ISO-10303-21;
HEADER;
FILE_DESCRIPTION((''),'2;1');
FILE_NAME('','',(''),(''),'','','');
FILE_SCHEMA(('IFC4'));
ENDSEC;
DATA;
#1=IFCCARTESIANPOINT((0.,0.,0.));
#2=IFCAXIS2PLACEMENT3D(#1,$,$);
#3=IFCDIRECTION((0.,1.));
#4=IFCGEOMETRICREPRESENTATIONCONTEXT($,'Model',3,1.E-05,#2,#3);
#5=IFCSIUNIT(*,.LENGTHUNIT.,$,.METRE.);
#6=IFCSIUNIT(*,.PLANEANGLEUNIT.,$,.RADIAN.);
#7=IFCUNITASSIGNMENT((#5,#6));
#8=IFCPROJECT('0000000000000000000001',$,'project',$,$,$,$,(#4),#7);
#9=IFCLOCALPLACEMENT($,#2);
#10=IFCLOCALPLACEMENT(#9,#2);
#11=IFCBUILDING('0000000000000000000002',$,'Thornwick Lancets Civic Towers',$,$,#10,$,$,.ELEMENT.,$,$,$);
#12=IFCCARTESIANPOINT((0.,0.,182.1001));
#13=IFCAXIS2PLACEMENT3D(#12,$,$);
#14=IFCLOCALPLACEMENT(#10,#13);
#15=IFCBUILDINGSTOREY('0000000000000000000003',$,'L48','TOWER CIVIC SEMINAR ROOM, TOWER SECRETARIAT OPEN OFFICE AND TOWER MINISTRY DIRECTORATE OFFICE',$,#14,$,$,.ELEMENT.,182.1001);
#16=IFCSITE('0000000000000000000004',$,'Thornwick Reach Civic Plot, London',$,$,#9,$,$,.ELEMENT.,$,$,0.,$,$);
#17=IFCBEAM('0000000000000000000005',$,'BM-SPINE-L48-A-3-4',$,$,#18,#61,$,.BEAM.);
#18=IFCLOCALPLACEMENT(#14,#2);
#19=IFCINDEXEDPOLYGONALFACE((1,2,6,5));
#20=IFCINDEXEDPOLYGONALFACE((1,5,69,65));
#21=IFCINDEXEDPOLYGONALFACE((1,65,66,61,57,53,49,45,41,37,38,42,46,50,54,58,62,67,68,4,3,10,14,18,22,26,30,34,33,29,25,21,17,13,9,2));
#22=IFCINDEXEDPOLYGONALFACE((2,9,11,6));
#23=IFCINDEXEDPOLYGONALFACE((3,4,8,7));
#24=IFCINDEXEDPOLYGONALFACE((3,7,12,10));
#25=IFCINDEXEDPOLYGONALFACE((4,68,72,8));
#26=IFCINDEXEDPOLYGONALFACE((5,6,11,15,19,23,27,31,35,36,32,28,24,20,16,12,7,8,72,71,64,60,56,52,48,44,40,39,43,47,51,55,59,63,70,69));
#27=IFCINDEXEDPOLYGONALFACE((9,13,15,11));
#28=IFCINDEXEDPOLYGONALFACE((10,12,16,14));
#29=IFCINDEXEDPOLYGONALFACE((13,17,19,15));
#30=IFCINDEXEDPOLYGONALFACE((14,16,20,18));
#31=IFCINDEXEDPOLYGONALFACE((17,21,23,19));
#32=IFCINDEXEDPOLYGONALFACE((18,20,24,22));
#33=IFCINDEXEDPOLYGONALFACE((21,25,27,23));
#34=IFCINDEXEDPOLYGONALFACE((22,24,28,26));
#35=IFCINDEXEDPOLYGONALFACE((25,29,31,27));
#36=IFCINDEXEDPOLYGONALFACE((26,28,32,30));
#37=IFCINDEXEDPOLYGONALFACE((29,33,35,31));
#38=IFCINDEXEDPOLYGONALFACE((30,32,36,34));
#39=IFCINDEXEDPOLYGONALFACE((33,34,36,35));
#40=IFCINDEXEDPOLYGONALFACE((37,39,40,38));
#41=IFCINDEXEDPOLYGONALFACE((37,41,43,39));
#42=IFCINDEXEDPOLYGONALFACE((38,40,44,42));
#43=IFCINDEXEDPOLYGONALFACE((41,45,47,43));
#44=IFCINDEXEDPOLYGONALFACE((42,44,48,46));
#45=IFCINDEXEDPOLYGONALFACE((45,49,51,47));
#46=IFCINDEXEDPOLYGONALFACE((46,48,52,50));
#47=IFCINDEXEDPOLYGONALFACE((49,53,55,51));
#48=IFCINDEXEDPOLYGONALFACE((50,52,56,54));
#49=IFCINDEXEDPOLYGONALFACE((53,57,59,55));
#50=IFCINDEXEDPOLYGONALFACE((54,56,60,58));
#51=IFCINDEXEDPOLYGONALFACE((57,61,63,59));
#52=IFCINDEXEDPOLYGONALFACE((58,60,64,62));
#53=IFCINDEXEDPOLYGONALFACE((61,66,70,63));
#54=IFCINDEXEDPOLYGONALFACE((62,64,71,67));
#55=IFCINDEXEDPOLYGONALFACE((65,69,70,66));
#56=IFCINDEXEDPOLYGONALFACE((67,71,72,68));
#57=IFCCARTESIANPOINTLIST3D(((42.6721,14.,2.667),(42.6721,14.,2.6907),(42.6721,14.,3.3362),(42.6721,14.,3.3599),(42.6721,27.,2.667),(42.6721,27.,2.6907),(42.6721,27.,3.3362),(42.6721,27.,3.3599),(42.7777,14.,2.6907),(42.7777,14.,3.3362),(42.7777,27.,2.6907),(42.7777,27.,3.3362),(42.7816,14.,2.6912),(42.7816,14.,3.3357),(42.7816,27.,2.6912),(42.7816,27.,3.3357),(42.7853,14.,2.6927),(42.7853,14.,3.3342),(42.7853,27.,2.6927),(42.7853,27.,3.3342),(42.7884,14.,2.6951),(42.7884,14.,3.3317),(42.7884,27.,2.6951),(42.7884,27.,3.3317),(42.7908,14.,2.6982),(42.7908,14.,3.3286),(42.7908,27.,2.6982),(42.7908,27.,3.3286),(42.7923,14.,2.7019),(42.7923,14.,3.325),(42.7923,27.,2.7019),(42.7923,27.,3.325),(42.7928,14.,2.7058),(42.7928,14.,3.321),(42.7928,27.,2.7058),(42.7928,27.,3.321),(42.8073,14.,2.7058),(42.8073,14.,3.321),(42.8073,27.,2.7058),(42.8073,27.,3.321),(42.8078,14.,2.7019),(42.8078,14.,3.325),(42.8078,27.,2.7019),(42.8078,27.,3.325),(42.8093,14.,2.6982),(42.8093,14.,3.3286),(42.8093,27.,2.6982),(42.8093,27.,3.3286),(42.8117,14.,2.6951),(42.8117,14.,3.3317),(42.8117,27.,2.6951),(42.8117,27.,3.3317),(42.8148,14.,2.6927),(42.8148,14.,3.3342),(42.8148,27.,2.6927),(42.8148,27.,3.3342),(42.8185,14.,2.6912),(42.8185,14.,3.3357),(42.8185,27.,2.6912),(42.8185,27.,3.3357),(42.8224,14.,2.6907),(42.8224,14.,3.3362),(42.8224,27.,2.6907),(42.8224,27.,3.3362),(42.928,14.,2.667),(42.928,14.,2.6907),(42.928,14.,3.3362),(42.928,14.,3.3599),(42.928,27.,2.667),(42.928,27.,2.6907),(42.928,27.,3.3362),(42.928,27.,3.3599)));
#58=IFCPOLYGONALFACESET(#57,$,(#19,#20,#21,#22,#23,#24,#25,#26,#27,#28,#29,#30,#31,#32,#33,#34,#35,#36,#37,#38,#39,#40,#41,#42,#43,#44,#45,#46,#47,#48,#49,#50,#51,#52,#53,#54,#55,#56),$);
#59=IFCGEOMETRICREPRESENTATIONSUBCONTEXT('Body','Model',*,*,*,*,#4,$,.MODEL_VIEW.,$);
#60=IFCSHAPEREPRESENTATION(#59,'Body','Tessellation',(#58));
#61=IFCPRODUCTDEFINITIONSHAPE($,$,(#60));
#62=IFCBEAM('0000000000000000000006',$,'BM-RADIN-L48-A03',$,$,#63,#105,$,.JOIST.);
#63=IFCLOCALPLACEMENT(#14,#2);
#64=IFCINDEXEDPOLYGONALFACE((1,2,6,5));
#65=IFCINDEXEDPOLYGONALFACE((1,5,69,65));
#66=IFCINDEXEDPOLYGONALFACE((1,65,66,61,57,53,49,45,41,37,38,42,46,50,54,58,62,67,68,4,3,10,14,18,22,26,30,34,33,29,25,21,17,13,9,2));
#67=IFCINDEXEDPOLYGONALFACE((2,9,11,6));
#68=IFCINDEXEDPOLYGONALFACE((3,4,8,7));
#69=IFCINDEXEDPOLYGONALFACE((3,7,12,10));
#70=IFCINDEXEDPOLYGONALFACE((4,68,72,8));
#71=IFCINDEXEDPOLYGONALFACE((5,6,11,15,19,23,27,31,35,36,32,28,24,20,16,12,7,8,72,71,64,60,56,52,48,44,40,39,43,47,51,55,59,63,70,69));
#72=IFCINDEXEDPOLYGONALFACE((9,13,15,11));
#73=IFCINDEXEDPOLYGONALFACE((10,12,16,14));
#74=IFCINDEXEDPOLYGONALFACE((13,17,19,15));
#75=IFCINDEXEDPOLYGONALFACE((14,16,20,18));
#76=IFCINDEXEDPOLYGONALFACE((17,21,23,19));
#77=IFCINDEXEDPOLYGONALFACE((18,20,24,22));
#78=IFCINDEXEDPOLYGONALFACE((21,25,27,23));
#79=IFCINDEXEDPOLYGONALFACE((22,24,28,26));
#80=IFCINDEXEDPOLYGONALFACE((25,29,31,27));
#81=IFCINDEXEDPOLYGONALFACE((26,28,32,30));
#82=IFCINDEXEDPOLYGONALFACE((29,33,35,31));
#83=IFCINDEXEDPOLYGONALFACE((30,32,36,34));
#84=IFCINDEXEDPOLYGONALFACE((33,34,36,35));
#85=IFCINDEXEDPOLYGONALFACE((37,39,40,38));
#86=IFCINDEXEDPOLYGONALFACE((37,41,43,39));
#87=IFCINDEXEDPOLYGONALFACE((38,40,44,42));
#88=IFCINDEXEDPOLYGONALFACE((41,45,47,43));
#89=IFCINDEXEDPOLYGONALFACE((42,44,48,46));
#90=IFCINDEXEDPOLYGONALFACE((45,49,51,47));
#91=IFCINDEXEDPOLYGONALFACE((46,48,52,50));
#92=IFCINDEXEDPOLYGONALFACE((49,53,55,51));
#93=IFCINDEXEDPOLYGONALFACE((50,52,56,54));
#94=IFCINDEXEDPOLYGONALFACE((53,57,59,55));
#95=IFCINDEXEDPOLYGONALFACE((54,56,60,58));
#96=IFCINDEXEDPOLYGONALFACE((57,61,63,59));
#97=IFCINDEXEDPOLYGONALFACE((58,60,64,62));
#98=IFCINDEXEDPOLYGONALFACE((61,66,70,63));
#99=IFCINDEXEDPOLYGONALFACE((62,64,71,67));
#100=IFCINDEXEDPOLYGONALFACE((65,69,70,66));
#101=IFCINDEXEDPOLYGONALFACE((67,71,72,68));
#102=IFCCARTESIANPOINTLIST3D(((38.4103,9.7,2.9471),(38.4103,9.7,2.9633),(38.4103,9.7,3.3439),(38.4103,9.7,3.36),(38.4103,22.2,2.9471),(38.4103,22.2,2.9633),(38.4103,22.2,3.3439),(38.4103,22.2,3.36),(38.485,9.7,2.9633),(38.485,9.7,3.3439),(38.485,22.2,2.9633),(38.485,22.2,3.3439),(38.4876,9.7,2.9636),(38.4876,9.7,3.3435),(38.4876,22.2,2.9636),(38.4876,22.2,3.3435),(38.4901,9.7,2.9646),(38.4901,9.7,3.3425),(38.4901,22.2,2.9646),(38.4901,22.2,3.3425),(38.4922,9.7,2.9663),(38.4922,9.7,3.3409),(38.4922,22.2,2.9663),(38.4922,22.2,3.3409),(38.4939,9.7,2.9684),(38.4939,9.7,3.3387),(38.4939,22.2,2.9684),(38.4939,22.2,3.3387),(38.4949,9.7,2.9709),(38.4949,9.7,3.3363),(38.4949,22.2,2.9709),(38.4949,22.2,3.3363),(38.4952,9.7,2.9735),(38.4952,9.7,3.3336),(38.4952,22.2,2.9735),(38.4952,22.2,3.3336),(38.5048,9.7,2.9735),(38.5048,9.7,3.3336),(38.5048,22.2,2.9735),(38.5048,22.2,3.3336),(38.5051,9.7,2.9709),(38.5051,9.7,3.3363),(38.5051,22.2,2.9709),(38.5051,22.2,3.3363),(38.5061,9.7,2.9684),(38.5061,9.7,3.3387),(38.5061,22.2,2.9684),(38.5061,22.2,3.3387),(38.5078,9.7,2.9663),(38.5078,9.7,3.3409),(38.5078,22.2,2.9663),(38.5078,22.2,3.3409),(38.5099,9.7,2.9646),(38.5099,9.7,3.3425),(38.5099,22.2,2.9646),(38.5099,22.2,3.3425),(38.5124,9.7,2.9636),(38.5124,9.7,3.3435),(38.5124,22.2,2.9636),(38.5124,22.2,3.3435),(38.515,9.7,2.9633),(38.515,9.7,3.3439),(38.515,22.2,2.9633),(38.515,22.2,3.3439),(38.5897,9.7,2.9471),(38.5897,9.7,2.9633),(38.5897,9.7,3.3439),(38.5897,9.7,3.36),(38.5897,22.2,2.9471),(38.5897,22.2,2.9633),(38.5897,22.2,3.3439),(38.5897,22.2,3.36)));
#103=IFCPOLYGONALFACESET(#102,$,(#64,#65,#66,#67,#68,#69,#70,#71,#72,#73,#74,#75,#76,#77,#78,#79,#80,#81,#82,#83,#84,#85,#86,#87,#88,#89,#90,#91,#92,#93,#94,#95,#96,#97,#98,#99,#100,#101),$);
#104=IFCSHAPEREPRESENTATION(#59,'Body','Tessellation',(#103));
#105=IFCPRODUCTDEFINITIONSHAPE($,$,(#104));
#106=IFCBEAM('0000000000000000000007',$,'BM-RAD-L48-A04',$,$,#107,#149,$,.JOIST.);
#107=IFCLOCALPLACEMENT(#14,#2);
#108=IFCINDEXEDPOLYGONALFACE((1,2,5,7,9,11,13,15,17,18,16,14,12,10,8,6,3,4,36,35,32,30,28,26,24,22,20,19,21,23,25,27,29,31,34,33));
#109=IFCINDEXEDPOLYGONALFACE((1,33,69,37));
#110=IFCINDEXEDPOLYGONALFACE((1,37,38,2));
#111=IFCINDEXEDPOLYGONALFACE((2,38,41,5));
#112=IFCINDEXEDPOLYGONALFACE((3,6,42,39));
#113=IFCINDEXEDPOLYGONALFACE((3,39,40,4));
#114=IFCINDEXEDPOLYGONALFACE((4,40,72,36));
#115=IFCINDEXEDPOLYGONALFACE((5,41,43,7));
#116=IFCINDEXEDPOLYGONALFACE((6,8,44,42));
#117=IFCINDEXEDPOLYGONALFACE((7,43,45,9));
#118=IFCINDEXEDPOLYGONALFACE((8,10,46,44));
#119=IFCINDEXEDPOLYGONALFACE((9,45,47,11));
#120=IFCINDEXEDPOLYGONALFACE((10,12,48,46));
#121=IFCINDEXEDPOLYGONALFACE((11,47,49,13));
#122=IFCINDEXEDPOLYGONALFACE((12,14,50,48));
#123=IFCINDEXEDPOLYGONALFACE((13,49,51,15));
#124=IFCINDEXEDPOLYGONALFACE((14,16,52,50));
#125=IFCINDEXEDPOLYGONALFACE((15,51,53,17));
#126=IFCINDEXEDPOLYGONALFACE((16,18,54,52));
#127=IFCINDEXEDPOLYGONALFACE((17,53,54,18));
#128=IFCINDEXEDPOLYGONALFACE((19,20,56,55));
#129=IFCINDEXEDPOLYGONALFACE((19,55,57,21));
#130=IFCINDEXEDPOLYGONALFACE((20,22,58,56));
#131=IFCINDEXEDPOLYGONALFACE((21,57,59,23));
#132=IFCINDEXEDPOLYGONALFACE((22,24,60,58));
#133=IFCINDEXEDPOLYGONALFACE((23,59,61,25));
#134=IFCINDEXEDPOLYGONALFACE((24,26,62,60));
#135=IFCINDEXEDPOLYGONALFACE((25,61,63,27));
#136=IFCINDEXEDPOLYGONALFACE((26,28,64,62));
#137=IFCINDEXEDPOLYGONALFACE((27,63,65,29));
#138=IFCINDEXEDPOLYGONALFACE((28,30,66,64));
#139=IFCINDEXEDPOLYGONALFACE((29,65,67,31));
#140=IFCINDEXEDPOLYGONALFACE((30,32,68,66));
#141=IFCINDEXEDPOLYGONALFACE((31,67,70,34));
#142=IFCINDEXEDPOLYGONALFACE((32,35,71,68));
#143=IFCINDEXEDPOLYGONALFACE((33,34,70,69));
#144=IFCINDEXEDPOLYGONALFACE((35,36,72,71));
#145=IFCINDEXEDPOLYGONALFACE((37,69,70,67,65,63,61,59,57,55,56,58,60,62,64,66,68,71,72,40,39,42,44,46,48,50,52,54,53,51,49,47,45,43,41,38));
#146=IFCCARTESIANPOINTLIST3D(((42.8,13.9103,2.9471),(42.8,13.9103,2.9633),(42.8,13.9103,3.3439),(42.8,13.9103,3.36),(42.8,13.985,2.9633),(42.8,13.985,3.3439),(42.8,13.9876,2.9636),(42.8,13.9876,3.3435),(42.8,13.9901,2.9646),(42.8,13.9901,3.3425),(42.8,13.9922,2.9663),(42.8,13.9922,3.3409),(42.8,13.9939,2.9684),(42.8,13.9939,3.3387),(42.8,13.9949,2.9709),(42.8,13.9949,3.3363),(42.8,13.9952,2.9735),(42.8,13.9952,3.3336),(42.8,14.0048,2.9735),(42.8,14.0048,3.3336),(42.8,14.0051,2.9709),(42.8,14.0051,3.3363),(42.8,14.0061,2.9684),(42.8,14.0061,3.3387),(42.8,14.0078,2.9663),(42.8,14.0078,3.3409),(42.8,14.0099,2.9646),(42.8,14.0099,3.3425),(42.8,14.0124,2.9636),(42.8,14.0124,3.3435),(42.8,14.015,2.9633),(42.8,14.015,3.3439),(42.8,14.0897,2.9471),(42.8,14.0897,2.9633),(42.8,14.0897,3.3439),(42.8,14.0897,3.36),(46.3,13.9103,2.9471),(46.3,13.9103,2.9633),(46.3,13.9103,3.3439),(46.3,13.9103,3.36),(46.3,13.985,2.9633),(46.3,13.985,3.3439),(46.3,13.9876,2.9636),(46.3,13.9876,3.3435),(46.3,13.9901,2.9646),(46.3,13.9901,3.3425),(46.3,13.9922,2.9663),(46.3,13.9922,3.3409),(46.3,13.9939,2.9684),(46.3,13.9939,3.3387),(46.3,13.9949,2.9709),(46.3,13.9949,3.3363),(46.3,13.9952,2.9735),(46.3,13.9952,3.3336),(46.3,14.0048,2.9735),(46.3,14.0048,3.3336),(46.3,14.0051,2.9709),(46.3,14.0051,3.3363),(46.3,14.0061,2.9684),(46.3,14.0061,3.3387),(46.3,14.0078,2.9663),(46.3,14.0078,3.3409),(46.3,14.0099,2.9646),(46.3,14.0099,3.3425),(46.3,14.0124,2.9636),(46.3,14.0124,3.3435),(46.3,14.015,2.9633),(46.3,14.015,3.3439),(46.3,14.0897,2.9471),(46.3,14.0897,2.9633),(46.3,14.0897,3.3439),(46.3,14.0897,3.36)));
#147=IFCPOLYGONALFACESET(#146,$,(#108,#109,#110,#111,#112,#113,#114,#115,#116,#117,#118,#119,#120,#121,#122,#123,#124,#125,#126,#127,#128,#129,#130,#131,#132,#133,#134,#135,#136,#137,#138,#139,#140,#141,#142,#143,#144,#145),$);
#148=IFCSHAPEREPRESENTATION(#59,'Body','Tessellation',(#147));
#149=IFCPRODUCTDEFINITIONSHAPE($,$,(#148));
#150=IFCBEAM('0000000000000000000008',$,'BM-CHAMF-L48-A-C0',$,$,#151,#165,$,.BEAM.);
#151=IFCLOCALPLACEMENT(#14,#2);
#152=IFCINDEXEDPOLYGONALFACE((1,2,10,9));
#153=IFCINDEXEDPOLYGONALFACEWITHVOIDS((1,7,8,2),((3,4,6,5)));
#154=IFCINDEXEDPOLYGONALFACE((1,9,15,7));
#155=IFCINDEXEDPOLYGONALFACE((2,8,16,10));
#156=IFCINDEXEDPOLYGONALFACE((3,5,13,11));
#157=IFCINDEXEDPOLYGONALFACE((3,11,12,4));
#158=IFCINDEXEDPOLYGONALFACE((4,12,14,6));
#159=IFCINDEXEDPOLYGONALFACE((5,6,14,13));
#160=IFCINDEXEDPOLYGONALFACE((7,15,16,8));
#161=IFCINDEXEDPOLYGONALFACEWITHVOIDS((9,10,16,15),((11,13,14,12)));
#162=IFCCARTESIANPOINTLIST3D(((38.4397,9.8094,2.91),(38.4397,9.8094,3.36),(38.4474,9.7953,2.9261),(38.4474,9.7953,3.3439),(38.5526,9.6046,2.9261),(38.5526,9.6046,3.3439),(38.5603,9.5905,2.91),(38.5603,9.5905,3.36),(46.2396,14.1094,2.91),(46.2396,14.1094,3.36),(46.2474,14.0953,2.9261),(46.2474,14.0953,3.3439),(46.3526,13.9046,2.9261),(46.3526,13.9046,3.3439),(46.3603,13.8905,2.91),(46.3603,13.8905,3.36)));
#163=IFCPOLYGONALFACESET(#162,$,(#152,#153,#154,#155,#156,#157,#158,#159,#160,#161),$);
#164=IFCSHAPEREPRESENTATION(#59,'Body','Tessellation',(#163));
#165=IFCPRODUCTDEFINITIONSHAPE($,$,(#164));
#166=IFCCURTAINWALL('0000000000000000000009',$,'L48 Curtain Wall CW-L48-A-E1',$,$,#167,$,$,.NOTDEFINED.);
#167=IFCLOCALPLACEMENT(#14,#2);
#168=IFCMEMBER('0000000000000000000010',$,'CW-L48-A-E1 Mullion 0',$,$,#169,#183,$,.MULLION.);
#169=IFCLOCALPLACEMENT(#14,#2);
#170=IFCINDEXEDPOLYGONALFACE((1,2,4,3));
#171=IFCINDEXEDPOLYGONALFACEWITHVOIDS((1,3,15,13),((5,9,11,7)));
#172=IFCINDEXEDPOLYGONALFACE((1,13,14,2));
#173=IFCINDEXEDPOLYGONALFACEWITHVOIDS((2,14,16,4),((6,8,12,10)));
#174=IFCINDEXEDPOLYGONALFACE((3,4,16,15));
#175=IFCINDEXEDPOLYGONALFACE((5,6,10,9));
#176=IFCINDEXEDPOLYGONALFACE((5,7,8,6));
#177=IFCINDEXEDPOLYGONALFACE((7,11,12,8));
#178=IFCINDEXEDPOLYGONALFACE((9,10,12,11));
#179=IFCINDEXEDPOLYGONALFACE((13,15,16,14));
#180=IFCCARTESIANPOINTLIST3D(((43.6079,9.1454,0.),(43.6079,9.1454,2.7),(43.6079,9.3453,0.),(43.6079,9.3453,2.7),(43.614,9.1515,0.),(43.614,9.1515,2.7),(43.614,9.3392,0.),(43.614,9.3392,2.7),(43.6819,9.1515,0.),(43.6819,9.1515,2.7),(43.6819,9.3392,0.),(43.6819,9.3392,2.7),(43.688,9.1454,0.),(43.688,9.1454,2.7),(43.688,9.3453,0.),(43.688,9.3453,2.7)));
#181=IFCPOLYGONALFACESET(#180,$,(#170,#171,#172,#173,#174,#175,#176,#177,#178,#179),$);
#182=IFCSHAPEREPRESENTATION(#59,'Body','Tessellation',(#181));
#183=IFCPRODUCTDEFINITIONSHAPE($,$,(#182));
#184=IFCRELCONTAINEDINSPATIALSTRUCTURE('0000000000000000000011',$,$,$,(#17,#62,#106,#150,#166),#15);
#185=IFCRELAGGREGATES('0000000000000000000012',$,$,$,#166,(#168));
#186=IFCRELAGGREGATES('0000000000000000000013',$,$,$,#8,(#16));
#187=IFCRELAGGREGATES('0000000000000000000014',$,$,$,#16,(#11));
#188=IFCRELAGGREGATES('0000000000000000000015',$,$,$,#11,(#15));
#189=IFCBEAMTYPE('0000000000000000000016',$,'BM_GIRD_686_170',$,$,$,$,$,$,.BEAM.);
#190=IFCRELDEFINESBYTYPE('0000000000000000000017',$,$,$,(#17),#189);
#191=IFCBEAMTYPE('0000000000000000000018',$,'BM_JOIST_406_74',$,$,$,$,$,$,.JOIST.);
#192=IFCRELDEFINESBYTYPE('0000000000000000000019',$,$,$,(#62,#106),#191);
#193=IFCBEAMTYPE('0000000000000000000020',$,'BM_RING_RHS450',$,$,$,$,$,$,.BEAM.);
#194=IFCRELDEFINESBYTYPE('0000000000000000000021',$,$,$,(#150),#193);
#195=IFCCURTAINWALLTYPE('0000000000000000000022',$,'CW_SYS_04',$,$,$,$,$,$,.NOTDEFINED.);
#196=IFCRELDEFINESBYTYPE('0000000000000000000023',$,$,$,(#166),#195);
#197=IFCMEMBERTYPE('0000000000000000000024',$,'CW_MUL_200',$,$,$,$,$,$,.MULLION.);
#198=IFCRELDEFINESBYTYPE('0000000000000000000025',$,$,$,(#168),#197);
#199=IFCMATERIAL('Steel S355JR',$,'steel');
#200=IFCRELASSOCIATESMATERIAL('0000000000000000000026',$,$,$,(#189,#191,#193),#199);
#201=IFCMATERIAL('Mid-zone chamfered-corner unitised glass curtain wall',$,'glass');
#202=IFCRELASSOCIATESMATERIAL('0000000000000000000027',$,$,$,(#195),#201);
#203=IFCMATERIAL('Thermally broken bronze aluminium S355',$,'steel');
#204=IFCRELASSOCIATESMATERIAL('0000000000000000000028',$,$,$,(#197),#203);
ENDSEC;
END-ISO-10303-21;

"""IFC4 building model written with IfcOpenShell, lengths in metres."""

from ifc_helpers import new_model, si_unit, direction, frame, origin, origin_2d, place, context, subcontext, project, spatial, hollow_rectangle, i_section, extrude, material, material_profile, profile_set, type_object, element, aggregate, save


model = new_model("IFC4")

# Units and contexts
model_context = context("Model", 3, precision=1e-05, world=origin(), true_north=direction((0.0, 1.0)))
body_context = subcontext(model_context, "Body", "Model", "MODEL_VIEW")
ifc_project = project(units=[si_unit("LENGTHUNIT", "METRE"), si_unit("PLANEANGLEUNIT", "RADIAN")], contexts=[model_context])

# Site, building, storey
site_placement = place(None, origin())
site = spatial("IfcSite", under=ifc_project, at=site_placement, Name="Thornwick Reach Civic Plot, London", CompositionType="ELEMENT", RefElevation=0.0)
building_placement = place(site_placement, origin())
building = spatial("IfcBuilding", under=site, at=building_placement, Name="Thornwick Lancets Civic Towers", CompositionType="ELEMENT")
storey_placement = place(building_placement, frame((0.0, 0.0, 182.1001)))
storey = spatial("IfcBuildingStorey", under=building, at=storey_placement, Name="L48", Description="TOWER CIVIC SEMINAR ROOM, TOWER SECRETARIAT OPEN OFFICE AND TOWER MINISTRY DIRECTORATE OFFICE", CompositionType="ELEMENT", Elevation=182.1001)

# Beams
ifc_material_1 = material(Name="Steel S355JR", Category="steel")
ifc_material_profile_1 = material_profile(ifc_material_1, i_section(OverallWidth=0.2559, OverallDepth=0.6929, WebThickness=0.0144, FlangeThickness=0.0237, FilletRadius=0.0151, at=origin_2d()), Name="UKB 686x254x170")
ifc_profile_set_1 = profile_set([ifc_material_profile_1], Name="Steel S355JR")
beam_type_1 = type_object("IfcBeamType", Name="BM_GIRD_686_170", PredefinedType="BEAM", material=ifc_profile_set_1)
beam_1_placement = place(storey_placement, frame((42.8, 14.0, 3.0134), z_axis=(0.0, 1.0, 0.0), x_axis=(-1.0, 0.0, 0.0)))
element("IfcBeam", 1, at=beam_1_placement, inside=storey, type_object=beam_type_1, Name="BM-SPINE-L48-A-3-4", PredefinedType="BEAM", context=body_context, shape_type="SweptSolid", body=[
    extrude(i_section(OverallWidth=0.2559, OverallDepth=0.6929, WebThickness=0.0144, FlangeThickness=0.0237, FilletRadius=0.0151, at=origin_2d()), origin(), (0.0, 0.0, 1.0), 13.0),
])
ifc_material_profile_2 = material_profile(ifc_material_1, i_section(OverallWidth=0.1794, OverallDepth=0.4128, WebThickness=0.0095, FlangeThickness=0.0161, FilletRadius=0.0103, at=origin_2d()), Name="UKB 406x178x74")
ifc_profile_set_2 = profile_set([ifc_material_profile_2], Name="Steel S355JR")
beam_type_2 = type_object("IfcBeamType", Name="BM_JOIST_406_74", PredefinedType="JOIST", material=ifc_profile_set_2)
beam_2_placement = place(storey_placement, frame((38.5, 22.2, 3.1536), z_axis=(0.0, -1.0, 0.0), x_axis=(1.0, 0.0, 0.0)))
element("IfcBeam", 2, at=beam_2_placement, inside=storey, type_object=beam_type_2, Name="BM-RADIN-L48-A03", PredefinedType="JOIST", context=body_context, shape_type="SweptSolid", body=[
    extrude(i_section(OverallWidth=0.1794, OverallDepth=0.4128, WebThickness=0.0095, FlangeThickness=0.0161, FilletRadius=0.0103, at=origin_2d()), origin(), (0.0, 0.0, 1.0), 12.5),
])
beam_3_placement = place(storey_placement, frame((42.8, 14.0, 3.1536), z_axis=(1.0, 0.0, 0.0), x_axis=(0.0, 1.0, 0.0)))
element("IfcBeam", 3, at=beam_3_placement, inside=storey, type_object=beam_type_2, Name="BM-RAD-L48-A04", PredefinedType="JOIST", context=body_context, shape_type="SweptSolid", body=[
    extrude(i_section(OverallWidth=0.1794, OverallDepth=0.4128, WebThickness=0.0095, FlangeThickness=0.0161, FilletRadius=0.0103, at=origin_2d()), origin(), (0.0, 0.0, 1.0), 3.5),
])
ifc_material_profile_3 = material_profile(ifc_material_1, hollow_rectangle(XDim=0.25, YDim=0.45, WallThickness=0.0161, at=origin_2d()), Name="RHS 450x250x16")
ifc_profile_set_3 = profile_set([ifc_material_profile_3], Name="Steel S355JR")
beam_type_3 = type_object("IfcBeamType", Name="BM_RING_RHS450", PredefinedType="BEAM", material=ifc_profile_set_3)
beam_4_placement = place(storey_placement, frame((38.5, 9.7, 3.135), z_axis=(0.87574, 0.482782, 0.0), x_axis=(-0.482782, 0.87574, 0.0)))
element("IfcBeam", 4, at=beam_4_placement, inside=storey, type_object=beam_type_3, Name="BM-CHAMF-L48-A-C0", PredefinedType="BEAM", context=body_context, shape_type="SweptSolid", body=[
    extrude(hollow_rectangle(XDim=0.25, YDim=0.45, WallThickness=0.0161, at=origin_2d()), origin(), (0.0, 0.0, 1.0), 8.9067),
])

# Curtain wall, member
ifc_material_2 = material(Name="Mid-zone chamfered-corner unitised glass curtain wall", Category="glass")
curtain_wall_type = type_object("IfcCurtainWallType", Name="CW_SYS_04", PredefinedType="NOTDEFINED", material=ifc_material_2)
curtain_wall_placement = place(storey_placement, origin())
curtain_wall = element("IfcCurtainWall", 5, at=curtain_wall_placement, inside=storey, type_object=curtain_wall_type, Name="L48 Curtain Wall CW-L48-A-E1", PredefinedType="NOTDEFINED")
ifc_material_3 = material(Name="Thermally broken bronze aluminium S355", Category="steel")
ifc_material_profile_4 = material_profile(ifc_material_3, hollow_rectangle(XDim=0.0801, YDim=0.2, WallThickness=0.0061, at=origin_2d()), Name="RHS 200x80x6")
ifc_profile_set_4 = profile_set([ifc_material_profile_4], Name="Thermally broken bronze aluminium S355")
member_type_1 = type_object("IfcMemberType", Name="CW_MUL_200", PredefinedType="MULLION", material=ifc_profile_set_4)
member_1_placement = place(storey_placement, frame((43.6479, 9.2454, 0.0), z_axis=(0.0, 0.0, 1.0), x_axis=(1.0, 0.0, 0.0)))
member_1 = element("IfcMember", 6, at=member_1_placement, type_object=member_type_1, Name="CW-L48-A-E1 Mullion 0", PredefinedType="MULLION", context=body_context, shape_type="SweptSolid", body=[
    extrude(hollow_rectangle(XDim=0.0801, YDim=0.2, WallThickness=0.0061, at=origin_2d()), origin(), (0.0, 0.0, 1.0), 2.7),
])
aggregate(curtain_wall, [member_1])

save(model, "model.ifc")
